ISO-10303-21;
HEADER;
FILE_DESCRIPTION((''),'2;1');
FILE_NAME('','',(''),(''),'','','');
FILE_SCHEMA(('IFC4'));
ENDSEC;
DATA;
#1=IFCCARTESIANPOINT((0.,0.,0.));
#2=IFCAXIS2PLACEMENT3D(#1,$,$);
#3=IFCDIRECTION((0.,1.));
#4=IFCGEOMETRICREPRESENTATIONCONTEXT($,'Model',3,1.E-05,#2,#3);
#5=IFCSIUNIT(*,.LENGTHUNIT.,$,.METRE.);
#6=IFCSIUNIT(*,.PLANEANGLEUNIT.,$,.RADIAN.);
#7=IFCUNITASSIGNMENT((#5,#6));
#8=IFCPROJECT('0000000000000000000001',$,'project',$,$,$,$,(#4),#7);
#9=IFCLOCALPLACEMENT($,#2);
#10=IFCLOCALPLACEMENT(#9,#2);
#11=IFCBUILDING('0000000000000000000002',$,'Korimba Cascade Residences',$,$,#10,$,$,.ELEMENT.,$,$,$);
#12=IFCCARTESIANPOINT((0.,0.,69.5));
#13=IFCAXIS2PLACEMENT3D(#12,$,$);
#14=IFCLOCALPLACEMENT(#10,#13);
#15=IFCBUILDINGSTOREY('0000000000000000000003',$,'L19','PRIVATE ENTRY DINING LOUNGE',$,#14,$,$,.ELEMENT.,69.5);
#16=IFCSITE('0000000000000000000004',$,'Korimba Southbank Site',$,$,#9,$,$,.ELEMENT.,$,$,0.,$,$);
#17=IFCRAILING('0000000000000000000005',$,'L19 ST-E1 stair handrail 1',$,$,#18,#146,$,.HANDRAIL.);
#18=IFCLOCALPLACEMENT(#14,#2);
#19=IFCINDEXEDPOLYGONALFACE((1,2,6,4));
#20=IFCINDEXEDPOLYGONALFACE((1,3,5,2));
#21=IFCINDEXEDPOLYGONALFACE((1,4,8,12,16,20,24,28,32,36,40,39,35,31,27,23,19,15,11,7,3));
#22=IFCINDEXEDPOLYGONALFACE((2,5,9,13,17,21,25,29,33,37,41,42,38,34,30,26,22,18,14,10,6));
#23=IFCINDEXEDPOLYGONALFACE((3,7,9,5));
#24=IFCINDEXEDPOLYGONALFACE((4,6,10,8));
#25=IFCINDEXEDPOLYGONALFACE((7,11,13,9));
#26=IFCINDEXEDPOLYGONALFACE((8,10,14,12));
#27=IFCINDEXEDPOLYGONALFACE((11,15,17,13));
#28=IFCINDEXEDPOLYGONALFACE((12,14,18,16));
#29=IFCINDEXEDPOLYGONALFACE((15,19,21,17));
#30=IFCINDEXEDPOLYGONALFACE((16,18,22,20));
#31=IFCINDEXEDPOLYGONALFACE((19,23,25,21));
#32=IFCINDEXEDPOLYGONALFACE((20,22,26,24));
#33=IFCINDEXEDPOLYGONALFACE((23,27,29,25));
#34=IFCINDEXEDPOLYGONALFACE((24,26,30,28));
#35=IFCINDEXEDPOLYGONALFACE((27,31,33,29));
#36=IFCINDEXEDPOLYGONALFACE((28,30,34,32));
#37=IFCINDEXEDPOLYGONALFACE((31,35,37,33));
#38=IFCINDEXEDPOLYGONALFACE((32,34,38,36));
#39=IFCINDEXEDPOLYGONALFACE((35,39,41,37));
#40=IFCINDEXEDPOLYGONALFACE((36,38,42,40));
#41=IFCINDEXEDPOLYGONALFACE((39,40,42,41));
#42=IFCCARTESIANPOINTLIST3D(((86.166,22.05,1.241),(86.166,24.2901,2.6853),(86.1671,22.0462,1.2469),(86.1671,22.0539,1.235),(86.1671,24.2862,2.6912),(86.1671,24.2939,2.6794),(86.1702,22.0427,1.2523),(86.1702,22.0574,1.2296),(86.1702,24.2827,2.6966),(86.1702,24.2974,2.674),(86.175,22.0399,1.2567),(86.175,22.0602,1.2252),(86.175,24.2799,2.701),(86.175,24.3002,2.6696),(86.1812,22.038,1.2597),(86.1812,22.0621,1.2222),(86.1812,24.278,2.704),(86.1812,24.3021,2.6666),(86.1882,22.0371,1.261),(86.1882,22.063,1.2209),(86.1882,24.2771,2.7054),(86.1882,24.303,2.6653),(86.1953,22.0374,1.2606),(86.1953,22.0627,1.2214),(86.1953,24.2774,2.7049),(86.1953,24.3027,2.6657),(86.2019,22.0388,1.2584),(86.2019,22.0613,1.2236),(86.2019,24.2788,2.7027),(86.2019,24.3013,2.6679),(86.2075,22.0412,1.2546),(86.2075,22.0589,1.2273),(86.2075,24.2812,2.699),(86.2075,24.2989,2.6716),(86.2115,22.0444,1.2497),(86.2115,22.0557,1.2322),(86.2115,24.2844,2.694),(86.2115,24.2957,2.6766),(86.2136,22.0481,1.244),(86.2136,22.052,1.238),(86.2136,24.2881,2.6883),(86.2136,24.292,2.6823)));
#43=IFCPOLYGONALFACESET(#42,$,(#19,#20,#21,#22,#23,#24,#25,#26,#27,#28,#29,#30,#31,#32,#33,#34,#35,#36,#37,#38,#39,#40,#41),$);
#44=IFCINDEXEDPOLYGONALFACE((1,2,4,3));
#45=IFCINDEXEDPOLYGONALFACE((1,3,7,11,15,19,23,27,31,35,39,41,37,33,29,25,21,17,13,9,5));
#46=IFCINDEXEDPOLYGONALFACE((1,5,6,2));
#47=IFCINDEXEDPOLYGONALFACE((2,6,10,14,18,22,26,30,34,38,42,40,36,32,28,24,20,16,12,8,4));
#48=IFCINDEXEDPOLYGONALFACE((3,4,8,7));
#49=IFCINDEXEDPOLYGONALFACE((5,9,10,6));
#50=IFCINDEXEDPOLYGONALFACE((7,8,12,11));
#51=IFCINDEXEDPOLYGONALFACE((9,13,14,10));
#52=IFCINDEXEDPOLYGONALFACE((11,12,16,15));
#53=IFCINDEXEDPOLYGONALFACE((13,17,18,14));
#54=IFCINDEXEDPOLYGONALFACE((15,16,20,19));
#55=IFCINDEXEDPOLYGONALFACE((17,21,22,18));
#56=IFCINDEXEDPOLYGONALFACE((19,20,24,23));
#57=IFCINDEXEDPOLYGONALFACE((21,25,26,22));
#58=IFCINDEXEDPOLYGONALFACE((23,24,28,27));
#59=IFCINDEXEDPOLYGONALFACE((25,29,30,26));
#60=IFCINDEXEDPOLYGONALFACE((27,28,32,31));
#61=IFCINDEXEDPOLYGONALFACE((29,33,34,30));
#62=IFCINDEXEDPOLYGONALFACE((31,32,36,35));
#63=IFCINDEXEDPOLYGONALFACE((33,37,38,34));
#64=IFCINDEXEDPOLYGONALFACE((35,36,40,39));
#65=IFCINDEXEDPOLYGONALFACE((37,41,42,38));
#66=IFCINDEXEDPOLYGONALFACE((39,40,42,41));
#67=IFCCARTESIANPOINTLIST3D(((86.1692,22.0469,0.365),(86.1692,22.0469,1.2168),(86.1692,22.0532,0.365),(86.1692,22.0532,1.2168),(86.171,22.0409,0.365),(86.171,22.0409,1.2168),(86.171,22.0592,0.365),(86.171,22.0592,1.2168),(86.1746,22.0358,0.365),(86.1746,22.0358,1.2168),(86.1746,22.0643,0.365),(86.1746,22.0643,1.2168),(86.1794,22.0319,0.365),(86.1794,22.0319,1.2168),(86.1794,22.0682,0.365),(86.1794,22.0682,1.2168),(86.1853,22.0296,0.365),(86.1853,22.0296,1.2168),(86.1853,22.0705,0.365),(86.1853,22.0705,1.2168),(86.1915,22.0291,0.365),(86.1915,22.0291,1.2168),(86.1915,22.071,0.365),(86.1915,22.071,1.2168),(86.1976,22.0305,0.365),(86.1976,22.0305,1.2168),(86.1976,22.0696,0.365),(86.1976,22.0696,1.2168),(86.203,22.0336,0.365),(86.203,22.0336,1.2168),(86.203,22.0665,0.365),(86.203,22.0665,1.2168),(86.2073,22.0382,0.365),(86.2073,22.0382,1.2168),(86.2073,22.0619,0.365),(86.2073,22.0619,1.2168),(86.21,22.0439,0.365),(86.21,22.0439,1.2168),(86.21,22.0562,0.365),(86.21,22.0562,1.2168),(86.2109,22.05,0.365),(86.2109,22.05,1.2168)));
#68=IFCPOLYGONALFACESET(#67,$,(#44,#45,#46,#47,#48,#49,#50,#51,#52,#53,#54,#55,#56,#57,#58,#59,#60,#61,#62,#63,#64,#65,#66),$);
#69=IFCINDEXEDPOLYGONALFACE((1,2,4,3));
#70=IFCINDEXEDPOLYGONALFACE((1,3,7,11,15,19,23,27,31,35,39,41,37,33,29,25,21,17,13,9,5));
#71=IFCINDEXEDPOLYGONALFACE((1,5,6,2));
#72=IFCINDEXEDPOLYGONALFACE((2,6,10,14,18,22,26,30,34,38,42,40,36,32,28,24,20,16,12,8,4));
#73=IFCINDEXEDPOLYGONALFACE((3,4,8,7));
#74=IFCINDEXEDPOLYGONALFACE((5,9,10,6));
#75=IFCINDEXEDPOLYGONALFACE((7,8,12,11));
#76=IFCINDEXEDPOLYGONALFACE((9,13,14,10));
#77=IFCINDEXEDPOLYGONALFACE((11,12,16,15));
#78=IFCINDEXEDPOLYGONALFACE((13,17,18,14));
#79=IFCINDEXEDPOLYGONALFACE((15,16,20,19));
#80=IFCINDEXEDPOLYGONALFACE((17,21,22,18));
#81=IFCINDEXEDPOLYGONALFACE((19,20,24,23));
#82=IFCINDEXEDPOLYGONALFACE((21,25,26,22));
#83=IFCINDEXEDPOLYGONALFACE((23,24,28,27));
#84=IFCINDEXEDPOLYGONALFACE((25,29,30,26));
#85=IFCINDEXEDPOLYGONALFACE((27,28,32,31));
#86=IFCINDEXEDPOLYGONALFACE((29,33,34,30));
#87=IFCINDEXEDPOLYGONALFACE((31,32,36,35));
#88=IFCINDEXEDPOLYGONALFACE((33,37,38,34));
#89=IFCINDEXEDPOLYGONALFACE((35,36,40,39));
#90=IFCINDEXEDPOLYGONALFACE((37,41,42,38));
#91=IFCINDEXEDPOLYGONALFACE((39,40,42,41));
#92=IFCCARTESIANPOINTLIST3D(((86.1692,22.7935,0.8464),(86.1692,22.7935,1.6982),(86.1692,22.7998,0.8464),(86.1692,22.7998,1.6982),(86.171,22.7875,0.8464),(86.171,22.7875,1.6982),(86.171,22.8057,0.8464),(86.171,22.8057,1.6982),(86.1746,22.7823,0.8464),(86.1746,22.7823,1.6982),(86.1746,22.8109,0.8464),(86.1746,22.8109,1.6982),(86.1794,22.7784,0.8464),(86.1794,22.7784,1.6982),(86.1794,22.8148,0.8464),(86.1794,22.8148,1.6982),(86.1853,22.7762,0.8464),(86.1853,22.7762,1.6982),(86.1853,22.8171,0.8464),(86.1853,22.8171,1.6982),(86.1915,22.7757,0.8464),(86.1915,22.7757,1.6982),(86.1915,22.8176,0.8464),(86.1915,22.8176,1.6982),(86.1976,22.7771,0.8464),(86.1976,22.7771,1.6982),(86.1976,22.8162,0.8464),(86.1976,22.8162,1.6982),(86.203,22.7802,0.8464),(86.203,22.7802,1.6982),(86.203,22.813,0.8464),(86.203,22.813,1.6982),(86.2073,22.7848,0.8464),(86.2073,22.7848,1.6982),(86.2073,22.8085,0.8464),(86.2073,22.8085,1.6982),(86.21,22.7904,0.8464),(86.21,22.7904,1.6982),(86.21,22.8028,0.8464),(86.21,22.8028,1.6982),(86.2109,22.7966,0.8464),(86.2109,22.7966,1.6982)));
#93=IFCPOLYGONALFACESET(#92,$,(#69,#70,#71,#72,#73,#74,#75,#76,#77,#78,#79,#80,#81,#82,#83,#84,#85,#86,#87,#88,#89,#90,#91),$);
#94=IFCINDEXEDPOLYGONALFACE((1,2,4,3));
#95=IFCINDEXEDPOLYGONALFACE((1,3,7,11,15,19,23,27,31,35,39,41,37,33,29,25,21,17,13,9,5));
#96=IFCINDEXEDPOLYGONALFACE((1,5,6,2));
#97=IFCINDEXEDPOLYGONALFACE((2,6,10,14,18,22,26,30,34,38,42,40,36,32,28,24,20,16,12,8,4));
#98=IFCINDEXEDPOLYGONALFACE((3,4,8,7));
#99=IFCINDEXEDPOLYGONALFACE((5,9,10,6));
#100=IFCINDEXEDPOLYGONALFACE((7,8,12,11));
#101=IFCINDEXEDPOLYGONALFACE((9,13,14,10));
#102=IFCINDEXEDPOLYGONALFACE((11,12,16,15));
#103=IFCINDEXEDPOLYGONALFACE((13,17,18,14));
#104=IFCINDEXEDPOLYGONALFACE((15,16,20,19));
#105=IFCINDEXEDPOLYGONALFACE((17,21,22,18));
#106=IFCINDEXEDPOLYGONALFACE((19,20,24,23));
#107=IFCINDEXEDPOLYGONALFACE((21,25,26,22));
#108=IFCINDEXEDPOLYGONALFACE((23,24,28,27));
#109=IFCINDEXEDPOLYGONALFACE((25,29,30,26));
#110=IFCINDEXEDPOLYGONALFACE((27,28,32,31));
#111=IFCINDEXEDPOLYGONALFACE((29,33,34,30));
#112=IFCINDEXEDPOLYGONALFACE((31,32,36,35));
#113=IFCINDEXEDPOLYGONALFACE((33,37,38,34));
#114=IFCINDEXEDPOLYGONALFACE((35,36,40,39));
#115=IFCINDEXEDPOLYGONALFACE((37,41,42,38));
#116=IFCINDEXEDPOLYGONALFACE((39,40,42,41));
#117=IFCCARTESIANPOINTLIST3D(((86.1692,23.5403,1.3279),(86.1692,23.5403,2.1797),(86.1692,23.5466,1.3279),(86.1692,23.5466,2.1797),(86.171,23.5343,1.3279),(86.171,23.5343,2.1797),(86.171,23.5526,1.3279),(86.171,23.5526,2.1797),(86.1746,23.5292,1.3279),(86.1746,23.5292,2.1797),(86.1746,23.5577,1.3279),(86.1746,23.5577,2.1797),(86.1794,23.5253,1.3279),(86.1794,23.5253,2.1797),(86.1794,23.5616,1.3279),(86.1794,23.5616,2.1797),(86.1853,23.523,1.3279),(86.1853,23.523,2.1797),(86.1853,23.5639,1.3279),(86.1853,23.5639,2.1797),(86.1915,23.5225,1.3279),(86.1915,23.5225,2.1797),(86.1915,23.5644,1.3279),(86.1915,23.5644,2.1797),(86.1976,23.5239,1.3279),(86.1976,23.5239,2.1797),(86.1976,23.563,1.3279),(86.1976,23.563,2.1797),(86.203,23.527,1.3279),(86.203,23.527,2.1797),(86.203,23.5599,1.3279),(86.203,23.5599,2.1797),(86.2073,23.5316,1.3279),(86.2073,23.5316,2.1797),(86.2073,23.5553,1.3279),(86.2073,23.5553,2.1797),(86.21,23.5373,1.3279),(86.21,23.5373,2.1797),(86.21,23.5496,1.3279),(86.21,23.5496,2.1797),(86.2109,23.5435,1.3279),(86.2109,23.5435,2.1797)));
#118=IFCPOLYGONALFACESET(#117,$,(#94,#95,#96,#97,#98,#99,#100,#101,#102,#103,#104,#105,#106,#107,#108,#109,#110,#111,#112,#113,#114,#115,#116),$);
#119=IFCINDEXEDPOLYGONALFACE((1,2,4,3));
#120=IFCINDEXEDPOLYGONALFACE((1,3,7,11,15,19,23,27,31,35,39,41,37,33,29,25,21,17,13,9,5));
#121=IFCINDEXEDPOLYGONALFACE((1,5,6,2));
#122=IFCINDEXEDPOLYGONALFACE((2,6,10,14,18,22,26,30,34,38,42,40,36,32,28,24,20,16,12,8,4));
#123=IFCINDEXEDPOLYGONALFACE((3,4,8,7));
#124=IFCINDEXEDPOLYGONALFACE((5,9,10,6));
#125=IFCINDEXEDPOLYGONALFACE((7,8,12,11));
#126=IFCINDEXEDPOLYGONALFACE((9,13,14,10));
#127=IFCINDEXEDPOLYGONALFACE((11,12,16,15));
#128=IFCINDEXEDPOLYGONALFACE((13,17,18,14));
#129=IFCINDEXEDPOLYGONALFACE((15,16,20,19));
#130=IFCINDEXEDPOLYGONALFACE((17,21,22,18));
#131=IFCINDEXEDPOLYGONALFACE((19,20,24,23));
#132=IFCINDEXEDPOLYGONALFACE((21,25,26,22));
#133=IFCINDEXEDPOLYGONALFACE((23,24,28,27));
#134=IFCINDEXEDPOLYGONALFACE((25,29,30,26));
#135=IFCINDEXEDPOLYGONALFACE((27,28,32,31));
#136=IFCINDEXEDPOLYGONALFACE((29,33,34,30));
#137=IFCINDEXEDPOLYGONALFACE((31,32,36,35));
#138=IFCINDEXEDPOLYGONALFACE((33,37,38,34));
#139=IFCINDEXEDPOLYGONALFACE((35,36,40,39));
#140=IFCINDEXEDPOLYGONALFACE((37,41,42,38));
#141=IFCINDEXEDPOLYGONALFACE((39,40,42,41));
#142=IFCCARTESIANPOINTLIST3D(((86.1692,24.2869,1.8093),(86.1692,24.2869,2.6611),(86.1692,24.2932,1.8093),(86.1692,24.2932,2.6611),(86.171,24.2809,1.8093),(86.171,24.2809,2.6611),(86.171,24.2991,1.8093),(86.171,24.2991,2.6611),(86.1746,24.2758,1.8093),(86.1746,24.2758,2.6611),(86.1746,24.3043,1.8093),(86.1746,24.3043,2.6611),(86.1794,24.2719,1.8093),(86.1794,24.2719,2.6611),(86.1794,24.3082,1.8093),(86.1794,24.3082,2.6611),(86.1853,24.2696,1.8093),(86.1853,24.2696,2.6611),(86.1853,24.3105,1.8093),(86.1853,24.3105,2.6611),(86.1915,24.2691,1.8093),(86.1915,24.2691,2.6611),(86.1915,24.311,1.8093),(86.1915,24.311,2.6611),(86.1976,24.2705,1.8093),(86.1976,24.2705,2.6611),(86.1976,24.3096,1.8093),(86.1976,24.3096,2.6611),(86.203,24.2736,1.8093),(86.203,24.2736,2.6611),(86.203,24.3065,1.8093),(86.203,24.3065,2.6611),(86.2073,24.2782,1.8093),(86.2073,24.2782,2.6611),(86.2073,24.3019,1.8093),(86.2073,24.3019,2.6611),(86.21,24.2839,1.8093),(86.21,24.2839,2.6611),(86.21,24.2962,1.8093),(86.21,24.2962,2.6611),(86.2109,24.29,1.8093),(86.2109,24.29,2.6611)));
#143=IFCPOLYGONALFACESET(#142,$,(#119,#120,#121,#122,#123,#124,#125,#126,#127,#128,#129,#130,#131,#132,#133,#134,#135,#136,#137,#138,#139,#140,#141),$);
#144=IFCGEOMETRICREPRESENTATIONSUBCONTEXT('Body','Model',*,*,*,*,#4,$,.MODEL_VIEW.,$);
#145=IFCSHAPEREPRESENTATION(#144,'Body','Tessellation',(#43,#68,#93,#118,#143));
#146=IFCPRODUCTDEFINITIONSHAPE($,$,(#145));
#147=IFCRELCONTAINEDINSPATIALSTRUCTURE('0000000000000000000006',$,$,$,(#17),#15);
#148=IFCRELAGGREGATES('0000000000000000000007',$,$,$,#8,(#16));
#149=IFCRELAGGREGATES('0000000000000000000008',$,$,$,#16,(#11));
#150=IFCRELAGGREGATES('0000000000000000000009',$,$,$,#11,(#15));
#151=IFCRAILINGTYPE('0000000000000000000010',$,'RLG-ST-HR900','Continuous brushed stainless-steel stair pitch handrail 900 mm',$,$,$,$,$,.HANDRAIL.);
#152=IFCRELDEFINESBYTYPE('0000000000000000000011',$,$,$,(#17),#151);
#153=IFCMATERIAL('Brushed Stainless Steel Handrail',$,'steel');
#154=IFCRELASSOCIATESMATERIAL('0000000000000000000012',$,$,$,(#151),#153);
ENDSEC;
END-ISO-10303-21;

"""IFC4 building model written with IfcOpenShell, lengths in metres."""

from ifc_helpers import new_model, si_unit, direction, frame, origin, origin_2d, place, context, subcontext, project, spatial, circle, extrude, material, type_object, element, save


model = new_model("IFC4")

# Units and contexts
model_context = context("Model", 3, precision=1e-05, world=origin(), true_north=direction((0.0, 1.0)))
body_context = subcontext(model_context, "Body", "Model", "MODEL_VIEW")
ifc_project = project(units=[si_unit("LENGTHUNIT", "METRE"), si_unit("PLANEANGLEUNIT", "RADIAN")], contexts=[model_context])

# Site, building, storey
site_placement = place(None, origin())
site = spatial("IfcSite", under=ifc_project, at=site_placement, Name="Korimba Southbank Site", CompositionType="ELEMENT", RefElevation=0.0)
building_placement = place(site_placement, origin())
building = spatial("IfcBuilding", under=site, at=building_placement, Name="Korimba Cascade Residences", CompositionType="ELEMENT")
storey_placement = place(building_placement, frame((0.0, 0.0, 69.5)))
storey = spatial("IfcBuildingStorey", under=building, at=storey_placement, Name="L19", Description="PRIVATE ENTRY DINING LOUNGE", CompositionType="ELEMENT", Elevation=69.5)

# Railing
ifc_material_1 = material(Name="Brushed Stainless Steel Handrail", Category="steel")
railing_type = type_object("IfcRailingType", Name="RLG-ST-HR900", Description="Continuous brushed stainless-steel stair pitch handrail 900 mm", PredefinedType="HANDRAIL", material=ifc_material_1)
railing_placement = place(storey_placement, frame((86.1899, 22.05, 0.365)))
element("IfcRailing", 1, at=railing_placement, inside=storey, type_object=railing_type, Name="L19 ST-E1 stair handrail 1", PredefinedType="HANDRAIL", context=body_context, shape_type="SweptSolid", body=[
    extrude(circle(Radius=0.0239, at=origin_2d()), frame((0.0, 0.0, 0.876), z_axis=(0.0, 0.840437, 0.54191), x_axis=(-1.0, 0.0, 0.0)), (0.0, 0.0, 1.0), 2.6653),
    extrude(circle(Radius=0.021, at=origin_2d()), origin(), (0.0, 0.0, 1.0), 0.8518),
    extrude(circle(Radius=0.021, at=origin_2d()), frame((0.0, 0.7466, 0.4814)), (0.0, 0.0, 1.0), 0.8518),
    extrude(circle(Radius=0.021, at=origin_2d()), frame((0.0, 1.4934, 0.9629)), (0.0, 0.0, 1.0), 0.8518),
    extrude(circle(Radius=0.021, at=origin_2d()), frame((0.0, 2.24, 1.4443)), (0.0, 0.0, 1.0), 0.8518),
])

save(model, "model.ifc")
